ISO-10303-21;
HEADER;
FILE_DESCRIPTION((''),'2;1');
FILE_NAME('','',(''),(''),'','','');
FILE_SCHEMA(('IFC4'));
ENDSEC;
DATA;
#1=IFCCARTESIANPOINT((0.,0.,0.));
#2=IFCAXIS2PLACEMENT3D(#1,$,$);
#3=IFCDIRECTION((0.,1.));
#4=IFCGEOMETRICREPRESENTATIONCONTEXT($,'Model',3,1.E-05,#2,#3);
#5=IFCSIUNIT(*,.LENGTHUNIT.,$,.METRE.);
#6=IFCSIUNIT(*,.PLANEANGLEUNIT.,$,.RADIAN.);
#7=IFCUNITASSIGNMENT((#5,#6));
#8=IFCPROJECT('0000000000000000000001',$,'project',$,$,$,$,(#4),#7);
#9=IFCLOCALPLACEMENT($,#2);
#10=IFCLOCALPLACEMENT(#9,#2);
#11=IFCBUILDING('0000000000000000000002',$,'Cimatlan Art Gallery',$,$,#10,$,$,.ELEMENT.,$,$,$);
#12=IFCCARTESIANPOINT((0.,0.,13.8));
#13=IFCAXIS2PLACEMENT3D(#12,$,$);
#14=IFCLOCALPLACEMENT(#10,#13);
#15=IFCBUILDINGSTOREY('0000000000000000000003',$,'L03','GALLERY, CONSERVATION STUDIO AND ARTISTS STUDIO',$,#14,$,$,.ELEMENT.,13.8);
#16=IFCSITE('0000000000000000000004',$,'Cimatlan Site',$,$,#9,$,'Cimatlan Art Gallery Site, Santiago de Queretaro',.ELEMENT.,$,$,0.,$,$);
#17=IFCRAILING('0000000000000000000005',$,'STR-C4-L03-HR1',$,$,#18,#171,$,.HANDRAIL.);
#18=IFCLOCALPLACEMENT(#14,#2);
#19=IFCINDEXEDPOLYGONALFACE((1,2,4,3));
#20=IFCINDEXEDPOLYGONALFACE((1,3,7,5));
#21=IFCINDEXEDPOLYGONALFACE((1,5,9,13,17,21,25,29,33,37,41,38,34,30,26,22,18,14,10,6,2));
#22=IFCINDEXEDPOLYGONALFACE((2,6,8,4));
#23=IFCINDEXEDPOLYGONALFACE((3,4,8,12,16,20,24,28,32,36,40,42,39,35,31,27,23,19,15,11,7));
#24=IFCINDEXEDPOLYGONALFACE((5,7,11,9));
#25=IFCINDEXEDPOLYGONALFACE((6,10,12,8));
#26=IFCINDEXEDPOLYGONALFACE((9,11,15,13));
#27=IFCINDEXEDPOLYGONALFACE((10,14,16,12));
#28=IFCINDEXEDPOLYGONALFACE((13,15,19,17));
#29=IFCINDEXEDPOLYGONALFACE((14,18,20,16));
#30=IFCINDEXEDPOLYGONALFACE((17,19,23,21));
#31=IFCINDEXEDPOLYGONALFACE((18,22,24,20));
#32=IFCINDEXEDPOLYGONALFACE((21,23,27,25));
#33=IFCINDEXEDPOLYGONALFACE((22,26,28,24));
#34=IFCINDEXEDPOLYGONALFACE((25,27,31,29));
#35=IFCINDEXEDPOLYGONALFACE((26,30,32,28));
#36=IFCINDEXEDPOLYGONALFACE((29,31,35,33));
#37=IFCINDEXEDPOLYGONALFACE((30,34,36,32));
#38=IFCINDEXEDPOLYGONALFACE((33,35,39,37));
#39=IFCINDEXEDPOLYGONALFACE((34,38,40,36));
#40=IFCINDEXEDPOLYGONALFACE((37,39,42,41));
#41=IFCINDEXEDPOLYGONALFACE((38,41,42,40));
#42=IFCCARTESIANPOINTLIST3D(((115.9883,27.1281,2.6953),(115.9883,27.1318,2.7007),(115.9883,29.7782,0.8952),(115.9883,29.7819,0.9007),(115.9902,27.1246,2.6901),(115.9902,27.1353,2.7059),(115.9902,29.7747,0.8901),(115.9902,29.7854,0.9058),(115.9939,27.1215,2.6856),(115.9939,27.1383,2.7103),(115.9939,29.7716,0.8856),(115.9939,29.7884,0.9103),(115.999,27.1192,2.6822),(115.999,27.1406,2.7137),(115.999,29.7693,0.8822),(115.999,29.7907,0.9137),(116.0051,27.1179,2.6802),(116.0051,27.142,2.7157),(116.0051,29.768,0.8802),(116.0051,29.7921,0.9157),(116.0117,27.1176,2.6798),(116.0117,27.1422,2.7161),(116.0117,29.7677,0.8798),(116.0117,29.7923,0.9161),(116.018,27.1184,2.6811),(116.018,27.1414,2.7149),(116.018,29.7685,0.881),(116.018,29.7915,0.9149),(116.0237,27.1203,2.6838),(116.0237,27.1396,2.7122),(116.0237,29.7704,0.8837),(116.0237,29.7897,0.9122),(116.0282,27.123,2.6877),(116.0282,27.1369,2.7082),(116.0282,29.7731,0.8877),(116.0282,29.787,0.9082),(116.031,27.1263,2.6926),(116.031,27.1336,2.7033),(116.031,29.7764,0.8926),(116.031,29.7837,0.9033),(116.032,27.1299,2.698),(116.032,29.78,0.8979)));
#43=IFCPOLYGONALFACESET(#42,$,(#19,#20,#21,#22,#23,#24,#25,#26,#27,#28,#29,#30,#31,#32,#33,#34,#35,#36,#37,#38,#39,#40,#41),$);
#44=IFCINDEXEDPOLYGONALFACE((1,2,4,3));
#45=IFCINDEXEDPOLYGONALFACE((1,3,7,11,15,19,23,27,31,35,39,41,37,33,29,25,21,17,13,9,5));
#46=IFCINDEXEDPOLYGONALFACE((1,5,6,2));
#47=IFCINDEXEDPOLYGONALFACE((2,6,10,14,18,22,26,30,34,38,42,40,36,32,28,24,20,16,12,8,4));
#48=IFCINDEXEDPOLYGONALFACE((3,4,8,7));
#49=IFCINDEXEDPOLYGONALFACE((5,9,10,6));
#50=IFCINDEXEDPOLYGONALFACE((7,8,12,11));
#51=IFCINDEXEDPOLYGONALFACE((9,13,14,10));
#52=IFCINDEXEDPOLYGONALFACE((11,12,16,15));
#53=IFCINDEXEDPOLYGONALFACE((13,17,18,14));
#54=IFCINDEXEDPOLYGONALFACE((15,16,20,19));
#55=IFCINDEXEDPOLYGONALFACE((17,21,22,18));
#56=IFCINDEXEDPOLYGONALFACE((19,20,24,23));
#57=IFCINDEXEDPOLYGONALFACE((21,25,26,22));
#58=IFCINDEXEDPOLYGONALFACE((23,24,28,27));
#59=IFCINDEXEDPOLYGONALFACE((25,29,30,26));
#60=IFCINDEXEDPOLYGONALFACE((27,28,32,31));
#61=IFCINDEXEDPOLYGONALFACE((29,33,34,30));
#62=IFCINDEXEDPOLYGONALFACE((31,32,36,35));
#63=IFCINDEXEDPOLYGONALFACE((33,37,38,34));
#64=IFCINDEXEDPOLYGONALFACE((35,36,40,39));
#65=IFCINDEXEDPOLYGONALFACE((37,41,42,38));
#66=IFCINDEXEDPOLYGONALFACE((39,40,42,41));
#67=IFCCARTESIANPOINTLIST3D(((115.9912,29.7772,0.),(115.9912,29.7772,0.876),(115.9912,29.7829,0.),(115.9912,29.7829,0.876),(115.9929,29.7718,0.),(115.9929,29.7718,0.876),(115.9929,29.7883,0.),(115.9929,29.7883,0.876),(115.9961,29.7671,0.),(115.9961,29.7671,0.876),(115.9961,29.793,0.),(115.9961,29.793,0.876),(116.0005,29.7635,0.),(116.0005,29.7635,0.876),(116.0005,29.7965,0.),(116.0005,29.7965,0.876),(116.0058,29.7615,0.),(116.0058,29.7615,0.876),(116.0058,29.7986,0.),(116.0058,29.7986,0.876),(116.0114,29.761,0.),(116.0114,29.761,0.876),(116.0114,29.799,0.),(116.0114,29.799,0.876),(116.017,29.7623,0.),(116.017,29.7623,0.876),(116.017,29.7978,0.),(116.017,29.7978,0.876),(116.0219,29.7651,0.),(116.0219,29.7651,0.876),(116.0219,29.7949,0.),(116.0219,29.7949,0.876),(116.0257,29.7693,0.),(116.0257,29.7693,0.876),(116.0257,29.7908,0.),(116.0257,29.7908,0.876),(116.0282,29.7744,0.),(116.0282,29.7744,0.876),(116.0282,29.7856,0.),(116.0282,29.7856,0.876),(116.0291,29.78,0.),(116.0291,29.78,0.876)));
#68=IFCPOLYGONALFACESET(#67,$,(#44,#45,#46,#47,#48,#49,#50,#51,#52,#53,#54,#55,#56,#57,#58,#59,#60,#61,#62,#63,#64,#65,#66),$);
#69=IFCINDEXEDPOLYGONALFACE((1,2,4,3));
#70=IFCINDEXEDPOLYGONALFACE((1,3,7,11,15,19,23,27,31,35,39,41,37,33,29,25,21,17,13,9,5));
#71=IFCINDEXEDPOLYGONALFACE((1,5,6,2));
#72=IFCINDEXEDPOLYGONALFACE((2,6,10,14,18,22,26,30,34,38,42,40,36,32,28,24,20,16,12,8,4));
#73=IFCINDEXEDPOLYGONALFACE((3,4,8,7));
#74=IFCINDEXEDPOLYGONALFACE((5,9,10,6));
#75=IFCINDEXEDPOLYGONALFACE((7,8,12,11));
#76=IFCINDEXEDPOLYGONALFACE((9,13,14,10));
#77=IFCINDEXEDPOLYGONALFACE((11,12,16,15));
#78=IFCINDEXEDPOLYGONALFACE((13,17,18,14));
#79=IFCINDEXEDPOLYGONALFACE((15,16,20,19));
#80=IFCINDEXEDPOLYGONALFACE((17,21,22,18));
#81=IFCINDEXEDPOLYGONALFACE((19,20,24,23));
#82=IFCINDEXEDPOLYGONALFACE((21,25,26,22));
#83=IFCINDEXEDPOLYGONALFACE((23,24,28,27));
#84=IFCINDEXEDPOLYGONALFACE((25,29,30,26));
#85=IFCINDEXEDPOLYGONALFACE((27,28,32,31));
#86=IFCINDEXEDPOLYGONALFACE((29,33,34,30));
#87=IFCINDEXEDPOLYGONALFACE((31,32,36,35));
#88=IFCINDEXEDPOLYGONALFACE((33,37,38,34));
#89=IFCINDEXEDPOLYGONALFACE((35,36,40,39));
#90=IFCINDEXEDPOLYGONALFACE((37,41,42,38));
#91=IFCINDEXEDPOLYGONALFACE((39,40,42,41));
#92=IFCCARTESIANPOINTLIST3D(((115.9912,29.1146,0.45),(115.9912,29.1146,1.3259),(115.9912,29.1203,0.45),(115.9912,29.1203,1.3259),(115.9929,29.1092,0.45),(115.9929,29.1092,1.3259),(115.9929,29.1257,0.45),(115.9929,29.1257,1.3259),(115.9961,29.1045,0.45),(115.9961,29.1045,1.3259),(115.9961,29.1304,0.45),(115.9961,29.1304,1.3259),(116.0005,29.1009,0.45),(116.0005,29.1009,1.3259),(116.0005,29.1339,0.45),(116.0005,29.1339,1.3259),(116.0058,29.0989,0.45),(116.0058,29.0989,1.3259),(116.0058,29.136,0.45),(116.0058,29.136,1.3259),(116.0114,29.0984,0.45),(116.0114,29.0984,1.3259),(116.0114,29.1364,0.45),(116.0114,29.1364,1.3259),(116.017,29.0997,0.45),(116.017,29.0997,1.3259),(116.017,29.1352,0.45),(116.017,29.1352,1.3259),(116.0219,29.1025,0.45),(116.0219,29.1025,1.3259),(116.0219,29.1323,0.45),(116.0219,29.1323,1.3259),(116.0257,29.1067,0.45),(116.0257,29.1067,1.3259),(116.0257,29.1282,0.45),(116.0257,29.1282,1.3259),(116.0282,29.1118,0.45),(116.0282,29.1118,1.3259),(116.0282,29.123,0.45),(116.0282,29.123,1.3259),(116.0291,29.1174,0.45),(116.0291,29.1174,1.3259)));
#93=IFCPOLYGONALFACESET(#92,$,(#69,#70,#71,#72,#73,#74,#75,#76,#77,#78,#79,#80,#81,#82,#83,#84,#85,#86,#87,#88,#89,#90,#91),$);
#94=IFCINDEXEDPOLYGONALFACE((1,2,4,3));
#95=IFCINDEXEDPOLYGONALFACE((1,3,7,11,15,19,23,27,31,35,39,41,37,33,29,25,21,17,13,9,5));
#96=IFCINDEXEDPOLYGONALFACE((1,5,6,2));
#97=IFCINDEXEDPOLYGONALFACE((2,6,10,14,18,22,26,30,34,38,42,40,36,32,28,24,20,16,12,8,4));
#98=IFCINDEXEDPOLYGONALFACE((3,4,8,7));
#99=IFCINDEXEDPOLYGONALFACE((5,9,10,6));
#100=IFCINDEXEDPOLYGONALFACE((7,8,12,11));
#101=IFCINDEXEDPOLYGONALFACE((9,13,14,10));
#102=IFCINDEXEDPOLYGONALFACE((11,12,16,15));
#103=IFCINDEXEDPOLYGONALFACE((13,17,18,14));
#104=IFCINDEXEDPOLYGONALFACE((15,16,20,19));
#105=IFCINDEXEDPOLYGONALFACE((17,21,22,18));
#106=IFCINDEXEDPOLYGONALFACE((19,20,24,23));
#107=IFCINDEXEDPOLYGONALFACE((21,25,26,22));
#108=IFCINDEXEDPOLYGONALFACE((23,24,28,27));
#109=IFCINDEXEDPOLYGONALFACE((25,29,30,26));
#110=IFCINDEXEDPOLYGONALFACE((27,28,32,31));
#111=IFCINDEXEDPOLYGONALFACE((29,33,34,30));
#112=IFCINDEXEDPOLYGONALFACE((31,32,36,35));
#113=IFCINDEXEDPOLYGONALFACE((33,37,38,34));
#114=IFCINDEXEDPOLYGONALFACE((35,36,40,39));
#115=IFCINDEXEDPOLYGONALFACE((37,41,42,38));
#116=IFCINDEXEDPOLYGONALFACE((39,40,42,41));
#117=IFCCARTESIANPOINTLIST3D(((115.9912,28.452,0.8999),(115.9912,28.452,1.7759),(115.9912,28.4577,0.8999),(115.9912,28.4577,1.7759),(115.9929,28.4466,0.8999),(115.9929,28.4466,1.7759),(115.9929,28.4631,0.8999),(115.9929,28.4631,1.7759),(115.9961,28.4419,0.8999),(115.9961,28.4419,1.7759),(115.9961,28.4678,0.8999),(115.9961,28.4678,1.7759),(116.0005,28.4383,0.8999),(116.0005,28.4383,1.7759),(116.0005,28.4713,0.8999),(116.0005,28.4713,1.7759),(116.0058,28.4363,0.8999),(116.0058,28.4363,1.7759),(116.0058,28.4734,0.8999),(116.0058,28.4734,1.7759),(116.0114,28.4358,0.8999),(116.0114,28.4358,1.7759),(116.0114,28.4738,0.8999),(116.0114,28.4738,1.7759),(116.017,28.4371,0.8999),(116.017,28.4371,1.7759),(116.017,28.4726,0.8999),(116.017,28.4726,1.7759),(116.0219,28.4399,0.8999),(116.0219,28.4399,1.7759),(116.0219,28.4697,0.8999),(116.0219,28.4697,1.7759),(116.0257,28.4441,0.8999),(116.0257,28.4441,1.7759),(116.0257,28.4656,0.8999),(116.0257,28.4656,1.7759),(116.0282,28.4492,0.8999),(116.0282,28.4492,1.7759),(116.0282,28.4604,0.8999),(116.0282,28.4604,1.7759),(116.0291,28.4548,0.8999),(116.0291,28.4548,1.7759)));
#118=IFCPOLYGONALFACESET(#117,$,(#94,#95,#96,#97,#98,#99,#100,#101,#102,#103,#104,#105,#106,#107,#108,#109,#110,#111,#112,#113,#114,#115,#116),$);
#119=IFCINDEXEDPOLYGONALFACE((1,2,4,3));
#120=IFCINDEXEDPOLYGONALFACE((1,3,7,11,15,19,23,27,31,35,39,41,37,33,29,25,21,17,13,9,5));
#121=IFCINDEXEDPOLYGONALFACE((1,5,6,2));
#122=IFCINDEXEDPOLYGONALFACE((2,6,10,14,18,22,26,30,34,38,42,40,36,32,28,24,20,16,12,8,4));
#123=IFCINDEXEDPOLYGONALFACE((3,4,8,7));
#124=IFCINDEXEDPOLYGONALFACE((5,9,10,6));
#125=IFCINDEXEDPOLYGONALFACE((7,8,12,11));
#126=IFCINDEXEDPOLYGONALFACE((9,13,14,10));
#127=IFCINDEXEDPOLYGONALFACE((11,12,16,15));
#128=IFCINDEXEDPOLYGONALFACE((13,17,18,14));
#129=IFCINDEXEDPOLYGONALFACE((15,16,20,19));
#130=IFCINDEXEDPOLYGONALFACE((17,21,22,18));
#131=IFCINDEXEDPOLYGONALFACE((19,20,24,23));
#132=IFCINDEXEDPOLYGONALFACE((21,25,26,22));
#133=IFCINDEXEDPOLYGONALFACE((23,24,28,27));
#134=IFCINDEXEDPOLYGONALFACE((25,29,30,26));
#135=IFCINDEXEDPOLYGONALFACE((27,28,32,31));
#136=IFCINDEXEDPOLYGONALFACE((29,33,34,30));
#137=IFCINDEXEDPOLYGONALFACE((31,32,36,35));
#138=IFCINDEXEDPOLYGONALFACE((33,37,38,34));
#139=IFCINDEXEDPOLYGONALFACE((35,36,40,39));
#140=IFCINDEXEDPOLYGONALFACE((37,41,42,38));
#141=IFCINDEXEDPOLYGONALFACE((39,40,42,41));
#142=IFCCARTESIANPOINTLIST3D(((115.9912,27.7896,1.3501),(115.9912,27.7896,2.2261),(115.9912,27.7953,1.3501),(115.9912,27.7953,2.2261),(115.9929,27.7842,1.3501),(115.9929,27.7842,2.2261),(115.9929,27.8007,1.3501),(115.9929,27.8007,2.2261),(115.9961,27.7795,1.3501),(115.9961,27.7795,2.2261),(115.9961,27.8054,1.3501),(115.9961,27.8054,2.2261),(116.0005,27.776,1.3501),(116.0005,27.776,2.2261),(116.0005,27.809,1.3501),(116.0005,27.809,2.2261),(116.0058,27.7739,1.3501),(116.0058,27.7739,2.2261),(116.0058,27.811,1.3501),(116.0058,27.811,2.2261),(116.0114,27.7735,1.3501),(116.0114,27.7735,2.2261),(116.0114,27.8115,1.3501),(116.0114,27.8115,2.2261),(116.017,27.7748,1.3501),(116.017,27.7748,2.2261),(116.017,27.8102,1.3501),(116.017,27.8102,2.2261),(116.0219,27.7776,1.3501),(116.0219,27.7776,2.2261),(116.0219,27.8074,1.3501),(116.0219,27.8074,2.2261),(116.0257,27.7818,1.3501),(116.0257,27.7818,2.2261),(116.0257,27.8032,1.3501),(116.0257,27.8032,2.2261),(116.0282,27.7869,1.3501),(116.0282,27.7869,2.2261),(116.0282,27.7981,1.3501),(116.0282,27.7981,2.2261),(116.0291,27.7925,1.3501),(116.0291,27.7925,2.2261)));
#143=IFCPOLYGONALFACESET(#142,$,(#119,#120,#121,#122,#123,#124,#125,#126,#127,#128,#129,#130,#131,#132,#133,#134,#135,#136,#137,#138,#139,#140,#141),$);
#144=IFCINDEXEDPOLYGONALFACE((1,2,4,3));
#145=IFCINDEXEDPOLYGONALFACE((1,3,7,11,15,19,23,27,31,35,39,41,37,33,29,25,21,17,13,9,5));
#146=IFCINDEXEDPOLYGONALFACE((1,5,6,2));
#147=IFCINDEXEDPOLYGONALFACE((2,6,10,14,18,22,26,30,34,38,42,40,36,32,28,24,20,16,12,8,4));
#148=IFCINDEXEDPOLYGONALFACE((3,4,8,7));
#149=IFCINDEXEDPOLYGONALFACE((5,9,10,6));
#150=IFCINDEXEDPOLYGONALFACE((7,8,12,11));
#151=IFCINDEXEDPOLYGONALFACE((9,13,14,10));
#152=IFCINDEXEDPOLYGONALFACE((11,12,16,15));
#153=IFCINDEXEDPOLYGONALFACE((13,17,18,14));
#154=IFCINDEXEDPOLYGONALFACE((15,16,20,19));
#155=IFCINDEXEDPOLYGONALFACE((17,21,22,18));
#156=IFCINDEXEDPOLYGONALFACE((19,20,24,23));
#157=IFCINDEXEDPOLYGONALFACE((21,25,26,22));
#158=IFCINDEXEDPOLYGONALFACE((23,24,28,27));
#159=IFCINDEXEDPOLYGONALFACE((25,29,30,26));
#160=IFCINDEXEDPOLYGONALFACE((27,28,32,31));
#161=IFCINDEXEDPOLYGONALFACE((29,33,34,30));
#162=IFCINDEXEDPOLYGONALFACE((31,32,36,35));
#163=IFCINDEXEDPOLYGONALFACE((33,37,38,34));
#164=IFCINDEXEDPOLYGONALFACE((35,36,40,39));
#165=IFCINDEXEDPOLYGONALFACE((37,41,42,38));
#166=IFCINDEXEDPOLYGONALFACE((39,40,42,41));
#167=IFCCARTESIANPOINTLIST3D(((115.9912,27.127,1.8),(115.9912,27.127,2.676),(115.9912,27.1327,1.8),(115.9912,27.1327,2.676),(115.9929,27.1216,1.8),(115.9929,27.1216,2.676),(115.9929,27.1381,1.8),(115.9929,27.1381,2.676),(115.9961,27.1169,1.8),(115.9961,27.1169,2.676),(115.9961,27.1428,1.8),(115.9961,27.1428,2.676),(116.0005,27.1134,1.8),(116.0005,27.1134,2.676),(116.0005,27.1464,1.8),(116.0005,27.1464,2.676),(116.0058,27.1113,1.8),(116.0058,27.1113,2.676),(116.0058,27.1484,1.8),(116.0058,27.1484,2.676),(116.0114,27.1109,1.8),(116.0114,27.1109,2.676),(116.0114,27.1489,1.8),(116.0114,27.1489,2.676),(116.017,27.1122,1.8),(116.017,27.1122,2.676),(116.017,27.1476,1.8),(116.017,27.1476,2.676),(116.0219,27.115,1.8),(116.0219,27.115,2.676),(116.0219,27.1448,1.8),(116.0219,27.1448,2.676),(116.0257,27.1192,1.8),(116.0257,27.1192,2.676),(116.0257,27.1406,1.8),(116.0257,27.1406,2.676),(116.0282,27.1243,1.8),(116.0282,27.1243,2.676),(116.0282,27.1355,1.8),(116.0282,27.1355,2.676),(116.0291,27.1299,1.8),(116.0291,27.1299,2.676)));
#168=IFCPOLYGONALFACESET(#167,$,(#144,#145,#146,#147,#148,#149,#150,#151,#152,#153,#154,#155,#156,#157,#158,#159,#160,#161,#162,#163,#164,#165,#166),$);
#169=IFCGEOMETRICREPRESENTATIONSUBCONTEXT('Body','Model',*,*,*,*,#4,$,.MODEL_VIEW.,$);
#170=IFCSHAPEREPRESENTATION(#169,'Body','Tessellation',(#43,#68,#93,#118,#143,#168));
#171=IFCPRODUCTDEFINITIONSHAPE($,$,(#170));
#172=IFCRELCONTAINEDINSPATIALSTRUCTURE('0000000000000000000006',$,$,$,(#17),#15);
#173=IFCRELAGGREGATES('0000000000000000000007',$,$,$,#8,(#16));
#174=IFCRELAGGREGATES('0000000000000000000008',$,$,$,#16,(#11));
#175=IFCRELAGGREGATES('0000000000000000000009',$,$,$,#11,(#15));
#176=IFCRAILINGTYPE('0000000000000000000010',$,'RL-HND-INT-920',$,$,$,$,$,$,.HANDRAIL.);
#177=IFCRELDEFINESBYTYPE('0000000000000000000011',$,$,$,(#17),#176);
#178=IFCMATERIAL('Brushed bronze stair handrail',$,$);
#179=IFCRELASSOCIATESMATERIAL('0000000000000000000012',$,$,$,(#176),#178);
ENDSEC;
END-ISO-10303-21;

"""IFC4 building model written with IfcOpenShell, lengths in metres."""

from ifc_helpers import new_model, si_unit, direction, frame, origin, origin_2d, place, context, subcontext, project, spatial, circle, extrude, material, type_object, element, save


model = new_model("IFC4")

# Units and contexts
model_context = context("Model", 3, precision=1e-05, world=origin(), true_north=direction((0.0, 1.0)))
body_context = subcontext(model_context, "Body", "Model", "MODEL_VIEW")
ifc_project = project(units=[si_unit("LENGTHUNIT", "METRE"), si_unit("PLANEANGLEUNIT", "RADIAN")], contexts=[model_context])

# Site, building, storey
site_placement = place(None, origin())
site = spatial("IfcSite", under=ifc_project, at=site_placement, Name="Cimatlan Site", LongName="Cimatlan Art Gallery Site, Santiago de Queretaro", CompositionType="ELEMENT", RefElevation=0.0)
building_placement = place(site_placement, origin())
building = spatial("IfcBuilding", under=site, at=building_placement, Name="Cimatlan Art Gallery", CompositionType="ELEMENT")
storey_placement = place(building_placement, frame((0.0, 0.0, 13.8)))
storey = spatial("IfcBuildingStorey", under=building, at=storey_placement, Name="L03", Description="GALLERY, CONSERVATION STUDIO AND ARTISTS STUDIO", CompositionType="ELEMENT", Elevation=13.8)

# Railing
ifc_material_1 = material(Name="Brushed bronze stair handrail")
railing_type_1 = type_object("IfcRailingType", Name="RL-HND-INT-920", PredefinedType="HANDRAIL", material=ifc_material_1)
railing_1_placement = place(storey_placement, frame((116.01, 29.78, 0.0)))
element("IfcRailing", 1, at=railing_1_placement, inside=storey, type_object=railing_type_1, Name="STR-C4-L03-HR1", PredefinedType="HANDRAIL", context=body_context, shape_type="SweptSolid", body=[
    extrude(circle(Radius=0.022, at=origin_2d()), frame((0.0, 0.0, 0.8979), z_axis=(0.0, -0.827224, 0.561872), x_axis=(1.0, 0.0, 0.0)), (0.0, 0.0, 1.0), 3.2036),
    extrude(circle(Radius=0.019, at=origin_2d()), origin(), (0.0, 0.0, 1.0), 0.876),
    extrude(circle(Radius=0.019, at=origin_2d()), frame((0.0, -0.6626, 0.45)), (0.0, 0.0, 1.0), 0.876),
    extrude(circle(Radius=0.019, at=origin_2d()), frame((0.0, -1.3252, 0.8999)), (0.0, 0.0, 1.0), 0.876),
    extrude(circle(Radius=0.019, at=origin_2d()), frame((0.0, -1.9875, 1.3501)), (0.0, 0.0, 1.0), 0.876),
    extrude(circle(Radius=0.019, at=origin_2d()), frame((0.0, -2.6501, 1.8)), (0.0, 0.0, 1.0), 0.876),
])

save(model, "model.ifc")
